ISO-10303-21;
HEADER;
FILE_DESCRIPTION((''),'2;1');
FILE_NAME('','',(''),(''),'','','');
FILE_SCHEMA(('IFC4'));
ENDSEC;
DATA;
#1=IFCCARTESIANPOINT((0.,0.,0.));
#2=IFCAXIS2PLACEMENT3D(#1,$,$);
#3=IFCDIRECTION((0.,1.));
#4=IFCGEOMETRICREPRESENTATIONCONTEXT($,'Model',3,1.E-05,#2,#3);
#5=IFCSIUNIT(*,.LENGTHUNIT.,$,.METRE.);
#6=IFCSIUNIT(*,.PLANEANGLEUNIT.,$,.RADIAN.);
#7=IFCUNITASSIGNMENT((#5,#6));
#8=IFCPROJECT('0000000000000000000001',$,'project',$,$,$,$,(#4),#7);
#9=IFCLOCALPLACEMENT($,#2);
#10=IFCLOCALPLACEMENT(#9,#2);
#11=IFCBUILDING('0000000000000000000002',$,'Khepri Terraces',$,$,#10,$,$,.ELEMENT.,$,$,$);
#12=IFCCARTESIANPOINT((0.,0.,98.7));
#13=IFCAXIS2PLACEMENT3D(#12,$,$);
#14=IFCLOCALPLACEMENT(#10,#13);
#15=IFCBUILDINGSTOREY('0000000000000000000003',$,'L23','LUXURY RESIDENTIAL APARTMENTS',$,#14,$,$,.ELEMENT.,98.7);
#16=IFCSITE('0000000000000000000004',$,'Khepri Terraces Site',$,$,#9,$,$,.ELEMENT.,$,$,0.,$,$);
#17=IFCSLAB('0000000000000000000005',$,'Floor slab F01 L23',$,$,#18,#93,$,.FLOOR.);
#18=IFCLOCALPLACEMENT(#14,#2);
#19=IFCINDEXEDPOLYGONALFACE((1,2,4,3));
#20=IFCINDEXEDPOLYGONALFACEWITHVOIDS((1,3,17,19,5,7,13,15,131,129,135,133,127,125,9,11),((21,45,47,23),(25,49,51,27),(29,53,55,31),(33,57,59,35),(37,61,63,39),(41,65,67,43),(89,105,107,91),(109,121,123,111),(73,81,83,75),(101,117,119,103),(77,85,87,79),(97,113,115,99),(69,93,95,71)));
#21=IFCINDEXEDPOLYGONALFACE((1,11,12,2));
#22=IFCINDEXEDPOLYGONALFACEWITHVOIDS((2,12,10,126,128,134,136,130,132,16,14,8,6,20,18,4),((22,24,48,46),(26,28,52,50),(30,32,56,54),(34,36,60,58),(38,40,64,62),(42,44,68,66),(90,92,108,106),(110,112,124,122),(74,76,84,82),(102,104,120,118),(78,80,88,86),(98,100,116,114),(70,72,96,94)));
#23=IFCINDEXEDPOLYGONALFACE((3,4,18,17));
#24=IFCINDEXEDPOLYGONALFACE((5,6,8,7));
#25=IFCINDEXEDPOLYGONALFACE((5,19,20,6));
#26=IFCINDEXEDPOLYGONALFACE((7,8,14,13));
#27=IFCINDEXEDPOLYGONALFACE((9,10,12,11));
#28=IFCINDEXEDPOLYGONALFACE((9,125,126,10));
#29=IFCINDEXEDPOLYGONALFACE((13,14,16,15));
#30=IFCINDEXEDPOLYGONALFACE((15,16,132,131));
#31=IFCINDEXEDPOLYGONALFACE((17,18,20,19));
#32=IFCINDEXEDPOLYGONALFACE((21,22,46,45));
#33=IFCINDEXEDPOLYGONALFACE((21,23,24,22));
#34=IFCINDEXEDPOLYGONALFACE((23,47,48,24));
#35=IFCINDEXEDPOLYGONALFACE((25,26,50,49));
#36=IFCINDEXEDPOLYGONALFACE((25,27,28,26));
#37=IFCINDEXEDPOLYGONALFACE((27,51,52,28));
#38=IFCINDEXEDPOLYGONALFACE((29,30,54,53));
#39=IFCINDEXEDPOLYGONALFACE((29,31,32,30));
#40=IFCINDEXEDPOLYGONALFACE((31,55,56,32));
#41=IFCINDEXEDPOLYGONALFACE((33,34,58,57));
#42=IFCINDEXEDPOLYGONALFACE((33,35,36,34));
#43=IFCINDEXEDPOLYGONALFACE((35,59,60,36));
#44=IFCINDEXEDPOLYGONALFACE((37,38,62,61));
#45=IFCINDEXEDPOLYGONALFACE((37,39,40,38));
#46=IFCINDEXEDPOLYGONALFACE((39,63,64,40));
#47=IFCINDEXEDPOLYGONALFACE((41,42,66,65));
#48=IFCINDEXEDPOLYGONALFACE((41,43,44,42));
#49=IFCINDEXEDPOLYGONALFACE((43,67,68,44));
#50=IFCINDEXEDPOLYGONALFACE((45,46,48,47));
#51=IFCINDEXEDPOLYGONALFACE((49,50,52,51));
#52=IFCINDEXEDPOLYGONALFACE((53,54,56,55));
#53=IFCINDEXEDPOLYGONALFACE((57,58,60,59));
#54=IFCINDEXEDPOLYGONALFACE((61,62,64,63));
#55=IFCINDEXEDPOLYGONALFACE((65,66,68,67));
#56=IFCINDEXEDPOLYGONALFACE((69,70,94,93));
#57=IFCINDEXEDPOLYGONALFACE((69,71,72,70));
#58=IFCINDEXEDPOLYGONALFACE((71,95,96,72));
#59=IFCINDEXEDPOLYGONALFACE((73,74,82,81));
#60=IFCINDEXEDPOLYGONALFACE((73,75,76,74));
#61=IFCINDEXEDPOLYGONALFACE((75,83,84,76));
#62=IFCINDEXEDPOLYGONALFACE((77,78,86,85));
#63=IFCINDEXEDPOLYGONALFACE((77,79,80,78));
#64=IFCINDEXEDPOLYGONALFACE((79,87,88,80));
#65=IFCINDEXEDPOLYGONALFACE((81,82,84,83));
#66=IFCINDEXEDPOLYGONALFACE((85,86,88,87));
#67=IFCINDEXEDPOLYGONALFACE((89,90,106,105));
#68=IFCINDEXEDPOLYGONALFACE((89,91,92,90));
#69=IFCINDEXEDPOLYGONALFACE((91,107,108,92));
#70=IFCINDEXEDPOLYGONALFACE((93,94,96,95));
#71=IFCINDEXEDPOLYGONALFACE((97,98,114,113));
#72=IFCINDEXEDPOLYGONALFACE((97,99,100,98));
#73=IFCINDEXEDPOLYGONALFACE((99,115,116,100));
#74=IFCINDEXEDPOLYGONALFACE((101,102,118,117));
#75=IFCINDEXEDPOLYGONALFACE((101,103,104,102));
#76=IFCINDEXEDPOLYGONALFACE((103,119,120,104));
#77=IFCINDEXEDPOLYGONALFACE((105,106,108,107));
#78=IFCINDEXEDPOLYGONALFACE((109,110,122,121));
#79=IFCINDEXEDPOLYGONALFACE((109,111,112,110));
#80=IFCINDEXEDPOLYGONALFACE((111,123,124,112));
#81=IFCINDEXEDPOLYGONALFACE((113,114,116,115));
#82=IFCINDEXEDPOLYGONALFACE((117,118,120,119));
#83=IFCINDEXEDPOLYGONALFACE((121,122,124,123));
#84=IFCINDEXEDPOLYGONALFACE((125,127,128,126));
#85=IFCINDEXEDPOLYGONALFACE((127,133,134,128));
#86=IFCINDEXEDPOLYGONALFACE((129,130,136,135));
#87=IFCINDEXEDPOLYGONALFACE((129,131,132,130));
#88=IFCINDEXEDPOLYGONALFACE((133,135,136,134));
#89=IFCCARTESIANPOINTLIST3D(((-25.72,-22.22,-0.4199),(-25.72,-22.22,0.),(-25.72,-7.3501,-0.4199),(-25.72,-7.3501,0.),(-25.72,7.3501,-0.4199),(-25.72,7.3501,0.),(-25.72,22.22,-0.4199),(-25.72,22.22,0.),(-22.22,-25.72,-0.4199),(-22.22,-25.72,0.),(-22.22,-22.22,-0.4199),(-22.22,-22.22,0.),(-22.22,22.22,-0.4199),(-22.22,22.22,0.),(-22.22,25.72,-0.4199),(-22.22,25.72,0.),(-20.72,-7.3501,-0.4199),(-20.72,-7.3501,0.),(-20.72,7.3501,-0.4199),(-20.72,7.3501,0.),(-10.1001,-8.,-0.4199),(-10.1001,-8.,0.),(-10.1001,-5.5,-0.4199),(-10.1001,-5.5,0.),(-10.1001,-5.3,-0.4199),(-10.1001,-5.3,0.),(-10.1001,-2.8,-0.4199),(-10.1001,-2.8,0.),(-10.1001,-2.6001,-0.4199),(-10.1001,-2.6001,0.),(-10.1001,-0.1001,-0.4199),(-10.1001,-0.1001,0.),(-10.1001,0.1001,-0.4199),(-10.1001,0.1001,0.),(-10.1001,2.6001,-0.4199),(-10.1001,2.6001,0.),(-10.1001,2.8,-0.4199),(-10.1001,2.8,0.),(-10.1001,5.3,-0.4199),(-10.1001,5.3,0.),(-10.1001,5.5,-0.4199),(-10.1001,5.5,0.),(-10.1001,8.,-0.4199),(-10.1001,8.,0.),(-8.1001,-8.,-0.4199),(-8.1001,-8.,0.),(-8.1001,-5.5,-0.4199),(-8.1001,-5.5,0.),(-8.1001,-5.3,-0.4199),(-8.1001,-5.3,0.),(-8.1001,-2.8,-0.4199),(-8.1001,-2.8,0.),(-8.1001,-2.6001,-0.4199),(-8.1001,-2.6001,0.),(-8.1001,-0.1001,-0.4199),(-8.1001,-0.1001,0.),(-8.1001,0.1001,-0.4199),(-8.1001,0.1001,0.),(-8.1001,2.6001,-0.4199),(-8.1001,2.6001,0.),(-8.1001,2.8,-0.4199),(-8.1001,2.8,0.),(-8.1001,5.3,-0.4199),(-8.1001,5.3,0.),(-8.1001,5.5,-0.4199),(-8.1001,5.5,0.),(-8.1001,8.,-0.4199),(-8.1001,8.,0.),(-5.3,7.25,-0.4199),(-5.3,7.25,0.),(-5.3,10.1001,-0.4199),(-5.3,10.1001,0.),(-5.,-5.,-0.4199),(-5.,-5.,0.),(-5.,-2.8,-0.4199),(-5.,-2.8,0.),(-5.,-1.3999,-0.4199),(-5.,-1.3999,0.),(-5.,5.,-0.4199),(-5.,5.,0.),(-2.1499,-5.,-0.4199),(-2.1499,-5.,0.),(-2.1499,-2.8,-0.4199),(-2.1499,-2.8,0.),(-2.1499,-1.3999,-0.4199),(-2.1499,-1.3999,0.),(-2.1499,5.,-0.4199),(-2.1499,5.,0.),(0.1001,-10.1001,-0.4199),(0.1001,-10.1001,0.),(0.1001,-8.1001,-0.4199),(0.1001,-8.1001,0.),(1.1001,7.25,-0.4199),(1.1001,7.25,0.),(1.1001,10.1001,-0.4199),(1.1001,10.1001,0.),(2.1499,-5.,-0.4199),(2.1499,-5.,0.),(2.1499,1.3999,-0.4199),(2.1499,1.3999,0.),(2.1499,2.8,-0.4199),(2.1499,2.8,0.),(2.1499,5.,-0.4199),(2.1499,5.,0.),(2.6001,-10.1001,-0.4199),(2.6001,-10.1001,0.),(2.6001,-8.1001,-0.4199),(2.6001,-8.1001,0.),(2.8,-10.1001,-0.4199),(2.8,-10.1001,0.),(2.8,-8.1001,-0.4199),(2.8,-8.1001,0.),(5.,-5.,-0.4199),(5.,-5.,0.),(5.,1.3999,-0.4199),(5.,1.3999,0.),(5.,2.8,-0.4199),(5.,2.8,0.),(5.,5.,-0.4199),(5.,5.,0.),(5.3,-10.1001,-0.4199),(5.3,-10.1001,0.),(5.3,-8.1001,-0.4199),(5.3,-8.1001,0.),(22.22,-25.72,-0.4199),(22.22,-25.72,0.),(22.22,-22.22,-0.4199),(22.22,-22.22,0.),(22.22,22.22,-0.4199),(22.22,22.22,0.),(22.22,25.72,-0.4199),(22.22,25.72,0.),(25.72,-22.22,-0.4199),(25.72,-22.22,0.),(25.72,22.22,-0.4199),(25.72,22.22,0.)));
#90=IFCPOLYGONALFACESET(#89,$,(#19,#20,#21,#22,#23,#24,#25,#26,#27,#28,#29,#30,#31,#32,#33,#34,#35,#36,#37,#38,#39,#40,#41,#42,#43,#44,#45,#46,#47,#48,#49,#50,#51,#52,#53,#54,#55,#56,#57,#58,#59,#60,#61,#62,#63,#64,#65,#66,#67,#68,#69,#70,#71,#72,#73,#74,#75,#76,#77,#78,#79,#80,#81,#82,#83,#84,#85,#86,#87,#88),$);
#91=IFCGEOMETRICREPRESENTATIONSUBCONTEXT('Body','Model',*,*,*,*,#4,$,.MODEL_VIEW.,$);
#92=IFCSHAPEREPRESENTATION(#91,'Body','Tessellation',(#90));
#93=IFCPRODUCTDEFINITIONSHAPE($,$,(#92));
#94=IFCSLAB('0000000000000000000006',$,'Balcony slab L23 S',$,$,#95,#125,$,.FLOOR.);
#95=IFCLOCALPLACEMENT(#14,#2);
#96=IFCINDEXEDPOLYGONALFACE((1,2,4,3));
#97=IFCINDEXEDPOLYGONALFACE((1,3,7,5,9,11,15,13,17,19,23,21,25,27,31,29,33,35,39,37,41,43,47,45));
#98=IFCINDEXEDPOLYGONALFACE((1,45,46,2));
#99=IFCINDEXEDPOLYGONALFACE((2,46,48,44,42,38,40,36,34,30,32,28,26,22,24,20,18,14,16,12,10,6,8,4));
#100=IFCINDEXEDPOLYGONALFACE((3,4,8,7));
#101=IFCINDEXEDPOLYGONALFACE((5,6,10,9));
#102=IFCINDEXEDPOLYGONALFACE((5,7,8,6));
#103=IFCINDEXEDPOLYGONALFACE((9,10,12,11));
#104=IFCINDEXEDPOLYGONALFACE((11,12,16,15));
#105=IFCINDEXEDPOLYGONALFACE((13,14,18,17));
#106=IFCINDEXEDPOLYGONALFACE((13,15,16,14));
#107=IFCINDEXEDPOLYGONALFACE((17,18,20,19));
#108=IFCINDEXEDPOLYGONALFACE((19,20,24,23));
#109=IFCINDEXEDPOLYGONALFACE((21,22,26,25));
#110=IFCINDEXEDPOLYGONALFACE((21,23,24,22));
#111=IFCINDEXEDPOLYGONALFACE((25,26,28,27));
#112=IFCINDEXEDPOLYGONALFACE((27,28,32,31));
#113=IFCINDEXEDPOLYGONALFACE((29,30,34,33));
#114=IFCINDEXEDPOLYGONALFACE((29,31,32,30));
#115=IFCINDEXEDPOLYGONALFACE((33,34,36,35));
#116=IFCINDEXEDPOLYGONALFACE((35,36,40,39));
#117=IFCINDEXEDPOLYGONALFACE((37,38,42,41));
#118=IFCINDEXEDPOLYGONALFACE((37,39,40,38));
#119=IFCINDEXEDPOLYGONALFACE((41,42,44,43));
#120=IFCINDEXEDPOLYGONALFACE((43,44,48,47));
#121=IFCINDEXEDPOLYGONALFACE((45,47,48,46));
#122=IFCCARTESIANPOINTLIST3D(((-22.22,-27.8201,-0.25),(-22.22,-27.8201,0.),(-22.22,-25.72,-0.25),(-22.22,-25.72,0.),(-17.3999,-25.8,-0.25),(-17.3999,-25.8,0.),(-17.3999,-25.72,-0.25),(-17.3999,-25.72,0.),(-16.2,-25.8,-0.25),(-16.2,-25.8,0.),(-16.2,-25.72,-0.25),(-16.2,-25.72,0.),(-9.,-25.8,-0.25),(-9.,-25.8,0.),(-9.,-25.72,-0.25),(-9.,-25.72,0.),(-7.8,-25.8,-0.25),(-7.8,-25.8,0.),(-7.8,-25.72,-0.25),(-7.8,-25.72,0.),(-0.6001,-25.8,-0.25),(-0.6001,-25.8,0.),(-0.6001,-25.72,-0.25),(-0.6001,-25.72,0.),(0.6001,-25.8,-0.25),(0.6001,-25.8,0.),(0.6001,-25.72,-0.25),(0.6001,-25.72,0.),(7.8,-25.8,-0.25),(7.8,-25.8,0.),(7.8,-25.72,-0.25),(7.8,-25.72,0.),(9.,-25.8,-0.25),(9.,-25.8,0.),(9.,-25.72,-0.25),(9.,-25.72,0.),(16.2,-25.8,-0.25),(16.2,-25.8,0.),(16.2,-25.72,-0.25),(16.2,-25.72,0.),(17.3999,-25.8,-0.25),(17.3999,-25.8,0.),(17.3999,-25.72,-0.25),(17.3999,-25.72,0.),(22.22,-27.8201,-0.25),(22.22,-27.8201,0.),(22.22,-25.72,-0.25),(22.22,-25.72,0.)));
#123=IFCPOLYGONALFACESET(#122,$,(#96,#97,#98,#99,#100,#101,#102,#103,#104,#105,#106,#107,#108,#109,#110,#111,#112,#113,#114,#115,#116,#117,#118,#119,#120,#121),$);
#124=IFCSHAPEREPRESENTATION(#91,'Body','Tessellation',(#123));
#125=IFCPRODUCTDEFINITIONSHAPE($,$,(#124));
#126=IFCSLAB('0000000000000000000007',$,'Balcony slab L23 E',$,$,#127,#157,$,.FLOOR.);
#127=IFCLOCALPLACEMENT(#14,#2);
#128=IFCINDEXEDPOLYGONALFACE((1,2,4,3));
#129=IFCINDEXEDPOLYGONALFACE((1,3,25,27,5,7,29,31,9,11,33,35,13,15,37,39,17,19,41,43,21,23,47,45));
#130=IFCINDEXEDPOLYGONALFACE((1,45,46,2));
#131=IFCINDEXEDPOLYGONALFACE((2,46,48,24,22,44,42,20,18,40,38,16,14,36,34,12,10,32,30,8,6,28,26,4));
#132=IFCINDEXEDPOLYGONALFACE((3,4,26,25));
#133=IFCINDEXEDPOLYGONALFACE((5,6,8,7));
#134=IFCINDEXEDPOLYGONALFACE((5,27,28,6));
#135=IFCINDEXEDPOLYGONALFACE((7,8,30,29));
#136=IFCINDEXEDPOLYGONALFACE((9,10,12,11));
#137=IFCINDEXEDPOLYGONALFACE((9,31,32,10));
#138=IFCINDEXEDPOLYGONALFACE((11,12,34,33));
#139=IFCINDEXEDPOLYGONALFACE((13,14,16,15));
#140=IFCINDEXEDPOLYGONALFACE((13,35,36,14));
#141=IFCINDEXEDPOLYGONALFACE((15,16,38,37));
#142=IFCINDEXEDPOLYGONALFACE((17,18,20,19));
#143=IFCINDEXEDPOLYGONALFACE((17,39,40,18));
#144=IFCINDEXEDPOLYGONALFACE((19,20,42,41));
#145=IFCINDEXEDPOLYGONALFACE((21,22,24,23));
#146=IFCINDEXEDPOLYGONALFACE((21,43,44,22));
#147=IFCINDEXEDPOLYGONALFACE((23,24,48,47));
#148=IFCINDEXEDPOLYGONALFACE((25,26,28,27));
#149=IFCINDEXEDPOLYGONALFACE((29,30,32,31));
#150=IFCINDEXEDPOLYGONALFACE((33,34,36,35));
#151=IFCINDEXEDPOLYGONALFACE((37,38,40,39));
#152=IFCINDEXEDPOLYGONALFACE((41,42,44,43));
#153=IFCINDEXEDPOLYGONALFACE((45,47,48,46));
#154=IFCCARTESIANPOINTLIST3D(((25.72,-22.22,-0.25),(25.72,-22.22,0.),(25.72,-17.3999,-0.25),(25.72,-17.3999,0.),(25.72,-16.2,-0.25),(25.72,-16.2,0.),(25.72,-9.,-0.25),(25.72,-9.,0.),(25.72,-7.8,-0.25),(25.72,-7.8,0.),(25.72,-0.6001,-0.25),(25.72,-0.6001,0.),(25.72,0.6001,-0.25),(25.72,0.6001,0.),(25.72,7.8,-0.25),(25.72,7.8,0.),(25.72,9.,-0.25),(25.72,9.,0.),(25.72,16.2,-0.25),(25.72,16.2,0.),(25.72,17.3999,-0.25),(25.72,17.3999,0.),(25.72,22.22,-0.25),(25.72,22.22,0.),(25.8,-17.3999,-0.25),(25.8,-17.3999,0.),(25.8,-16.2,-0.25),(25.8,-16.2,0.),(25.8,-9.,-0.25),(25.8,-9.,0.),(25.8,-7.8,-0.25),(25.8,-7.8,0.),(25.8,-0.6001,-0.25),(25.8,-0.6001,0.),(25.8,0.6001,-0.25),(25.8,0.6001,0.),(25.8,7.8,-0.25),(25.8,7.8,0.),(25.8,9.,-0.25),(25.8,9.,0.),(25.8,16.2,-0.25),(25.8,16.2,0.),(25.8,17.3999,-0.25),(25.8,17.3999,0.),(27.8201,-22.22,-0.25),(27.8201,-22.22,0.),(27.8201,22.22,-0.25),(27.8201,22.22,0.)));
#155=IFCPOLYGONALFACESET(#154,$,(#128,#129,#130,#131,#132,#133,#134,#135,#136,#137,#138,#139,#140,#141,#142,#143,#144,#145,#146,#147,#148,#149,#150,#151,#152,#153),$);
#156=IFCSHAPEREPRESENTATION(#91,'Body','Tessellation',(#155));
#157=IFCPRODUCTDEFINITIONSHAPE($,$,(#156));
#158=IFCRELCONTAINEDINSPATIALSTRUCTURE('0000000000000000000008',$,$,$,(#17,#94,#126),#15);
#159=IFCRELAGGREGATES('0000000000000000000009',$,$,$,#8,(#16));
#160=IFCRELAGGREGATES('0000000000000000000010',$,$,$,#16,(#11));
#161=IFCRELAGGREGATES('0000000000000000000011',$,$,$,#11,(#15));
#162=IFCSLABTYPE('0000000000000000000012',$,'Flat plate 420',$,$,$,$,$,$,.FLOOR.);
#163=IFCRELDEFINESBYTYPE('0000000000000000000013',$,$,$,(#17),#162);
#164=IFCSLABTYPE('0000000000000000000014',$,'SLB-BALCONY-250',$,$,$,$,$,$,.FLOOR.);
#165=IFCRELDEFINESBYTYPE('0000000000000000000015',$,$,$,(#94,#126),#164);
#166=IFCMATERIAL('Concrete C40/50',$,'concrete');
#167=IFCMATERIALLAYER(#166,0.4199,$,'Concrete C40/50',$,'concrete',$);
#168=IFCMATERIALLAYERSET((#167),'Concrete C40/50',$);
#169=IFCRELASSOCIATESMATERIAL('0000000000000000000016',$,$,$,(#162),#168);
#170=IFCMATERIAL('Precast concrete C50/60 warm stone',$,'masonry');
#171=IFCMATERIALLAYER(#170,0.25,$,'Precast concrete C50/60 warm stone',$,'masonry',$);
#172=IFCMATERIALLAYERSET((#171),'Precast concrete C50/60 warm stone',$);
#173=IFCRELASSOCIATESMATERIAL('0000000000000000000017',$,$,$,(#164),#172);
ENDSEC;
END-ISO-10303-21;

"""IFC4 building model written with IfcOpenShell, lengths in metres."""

from ifc_helpers import new_model, si_unit, direction, frame, origin, place, context, subcontext, project, spatial, polyline, outline, extrude, material, layer, layer_set, type_object, element, save


model = new_model("IFC4")

# Units and contexts
model_context = context("Model", 3, precision=1e-05, world=origin(), true_north=direction((0.0, 1.0)))
body_context = subcontext(model_context, "Body", "Model", "MODEL_VIEW")
ifc_project = project(units=[si_unit("LENGTHUNIT", "METRE"), si_unit("PLANEANGLEUNIT", "RADIAN")], contexts=[model_context])

# Site, building, storey
site_placement = place(None, origin())
site = spatial("IfcSite", under=ifc_project, at=site_placement, Name="Khepri Terraces Site", CompositionType="ELEMENT", RefElevation=0.0)
building_placement = place(site_placement, origin())
building = spatial("IfcBuilding", under=site, at=building_placement, Name="Khepri Terraces", CompositionType="ELEMENT")
storey_placement = place(building_placement, frame((0.0, 0.0, 98.7)))
storey = spatial("IfcBuildingStorey", under=building, at=storey_placement, Name="L23", Description="LUXURY RESIDENTIAL APARTMENTS", CompositionType="ELEMENT", Elevation=98.7)

# Slabs
ifc_material_1 = material(Name="Concrete C40/50", Category="concrete")
ifc_layer_1 = layer(ifc_material_1, 0.4199, Name="Concrete C40/50", Category="concrete")
ifc_layer_set_1 = layer_set([ifc_layer_1], Name="Concrete C40/50")
slab_type_1 = type_object("IfcSlabType", Name="Flat plate 420", PredefinedType="FLOOR", material=ifc_layer_set_1)
slab_1_placement = place(storey_placement, frame((0.0, 0.0, -0.4199)))
element("IfcSlab", 1, at=slab_1_placement, inside=storey, type_object=slab_type_1, Name="Floor slab F01 L23", PredefinedType="FLOOR", context=body_context, shape_type="SweptSolid", body=[
    extrude(outline(polyline([(22.22, 22.22), (25.72, 22.22), (25.72, -22.22), (22.22, -22.22), (22.22, -25.72), (-22.22, -25.72), (-22.22, -22.22), (-25.72, -22.22), (-25.72, -7.3501), (-20.72, -7.3501), (-20.72, 7.3501), (-25.72, 7.3501), (-25.72, 22.22), (-22.22, 22.22), (-22.22, 25.72), (22.22, 25.72), (22.22, 22.22)]), holes=[polyline([(5.0, 5.0), (2.1499, 5.0), (2.1499, 2.8), (5.0, 2.8), (5.0, 5.0)]), polyline([(-2.1499, -5.0), (-2.1499, -2.8), (-5.0, -2.8), (-5.0, -5.0), (-2.1499, -5.0)]), polyline([(-10.1001, -8.0), (-8.1001, -8.0), (-8.1001, -5.5), (-10.1001, -5.5), (-10.1001, -8.0)]), polyline([(-10.1001, -2.8), (-10.1001, -5.3), (-8.1001, -5.3), (-8.1001, -2.8), (-10.1001, -2.8)]), polyline([(-8.1001, -0.1001), (-10.1001, -0.1001), (-10.1001, -2.6001), (-8.1001, -2.6001), (-8.1001, -0.1001)]), polyline([(-8.1001, 0.1001), (-8.1001, 2.6001), (-10.1001, 2.6001), (-10.1001, 0.1001), (-8.1001, 0.1001)]), polyline([(-10.1001, 2.8), (-8.1001, 2.8), (-8.1001, 5.3), (-10.1001, 5.3), (-10.1001, 2.8)]), polyline([(-10.1001, 8.0), (-10.1001, 5.5), (-8.1001, 5.5), (-8.1001, 8.0), (-10.1001, 8.0)]), polyline([(2.6001, -8.1001), (0.1001, -8.1001), (0.1001, -10.1001), (2.6001, -10.1001), (2.6001, -8.1001)]), polyline([(5.3, -10.1001), (5.3, -8.1001), (2.8, -8.1001), (2.8, -10.1001), (5.3, -10.1001)]), polyline([(-5.0, -1.3999), (-2.1499, -1.3999), (-2.1499, 5.0), (-5.0, 5.0), (-5.0, -1.3999)]), polyline([(5.0, -5.0), (5.0, 1.3999), (2.1499, 1.3999), (2.1499, -5.0), (5.0, -5.0)]), polyline([(-5.3, 10.1001), (-5.3, 7.25), (1.1001, 7.25), (1.1001, 10.1001), (-5.3, 10.1001)])]), origin(), (0.0, 0.0, 1.0), 0.4199),
])
ifc_material_2 = material(Name="Precast concrete C50/60 warm stone", Category="masonry")
ifc_layer_2 = layer(ifc_material_2, 0.25, Name="Precast concrete C50/60 warm stone", Category="masonry")
ifc_layer_set_2 = layer_set([ifc_layer_2], Name="Precast concrete C50/60 warm stone")
slab_type_2 = type_object("IfcSlabType", Name="SLB-BALCONY-250", PredefinedType="FLOOR", material=ifc_layer_set_2)
slab_2_placement = place(storey_placement, frame((0.0, 0.0, -0.25)))
element("IfcSlab", 2, at=slab_2_placement, inside=storey, type_object=slab_type_2, Name="Balcony slab L23 S", PredefinedType="FLOOR", context=body_context, shape_type="SweptSolid", body=[
    extrude(outline(polyline([(-17.3999, -25.72), (-22.22, -25.72), (-22.22, -27.8201), (22.22, -27.8201), (22.22, -25.72), (17.3999, -25.72), (17.3999, -25.8), (16.2, -25.8), (16.2, -25.72), (9.0, -25.72), (9.0, -25.8), (7.8, -25.8), (7.8, -25.72), (0.6001, -25.72), (0.6001, -25.8), (-0.6001, -25.8), (-0.6001, -25.72), (-7.8, -25.72), (-7.8, -25.8), (-9.0, -25.8), (-9.0, -25.72), (-16.2, -25.72), (-16.2, -25.8), (-17.3999, -25.8), (-17.3999, -25.72)])), origin(), (0.0, 0.0, 1.0), 0.25),
])
slab_3_placement = place(storey_placement, frame((0.0, 0.0, -0.25)))
element("IfcSlab", 3, at=slab_3_placement, inside=storey, type_object=slab_type_2, Name="Balcony slab L23 E", PredefinedType="FLOOR", context=body_context, shape_type="SweptSolid", body=[
    extrude(outline(polyline([(25.72, -17.3999), (25.72, -22.22), (27.8201, -22.22), (27.8201, 22.22), (25.72, 22.22), (25.72, 17.3999), (25.8, 17.3999), (25.8, 16.2), (25.72, 16.2), (25.72, 9.0), (25.8, 9.0), (25.8, 7.8), (25.72, 7.8), (25.72, 0.6001), (25.8, 0.6001), (25.8, -0.6001), (25.72, -0.6001), (25.72, -7.8), (25.8, -7.8), (25.8, -9.0), (25.72, -9.0), (25.72, -16.2), (25.8, -16.2), (25.8, -17.3999), (25.72, -17.3999)])), origin(), (0.0, 0.0, 1.0), 0.25),
])

save(model, "model.ifc")
